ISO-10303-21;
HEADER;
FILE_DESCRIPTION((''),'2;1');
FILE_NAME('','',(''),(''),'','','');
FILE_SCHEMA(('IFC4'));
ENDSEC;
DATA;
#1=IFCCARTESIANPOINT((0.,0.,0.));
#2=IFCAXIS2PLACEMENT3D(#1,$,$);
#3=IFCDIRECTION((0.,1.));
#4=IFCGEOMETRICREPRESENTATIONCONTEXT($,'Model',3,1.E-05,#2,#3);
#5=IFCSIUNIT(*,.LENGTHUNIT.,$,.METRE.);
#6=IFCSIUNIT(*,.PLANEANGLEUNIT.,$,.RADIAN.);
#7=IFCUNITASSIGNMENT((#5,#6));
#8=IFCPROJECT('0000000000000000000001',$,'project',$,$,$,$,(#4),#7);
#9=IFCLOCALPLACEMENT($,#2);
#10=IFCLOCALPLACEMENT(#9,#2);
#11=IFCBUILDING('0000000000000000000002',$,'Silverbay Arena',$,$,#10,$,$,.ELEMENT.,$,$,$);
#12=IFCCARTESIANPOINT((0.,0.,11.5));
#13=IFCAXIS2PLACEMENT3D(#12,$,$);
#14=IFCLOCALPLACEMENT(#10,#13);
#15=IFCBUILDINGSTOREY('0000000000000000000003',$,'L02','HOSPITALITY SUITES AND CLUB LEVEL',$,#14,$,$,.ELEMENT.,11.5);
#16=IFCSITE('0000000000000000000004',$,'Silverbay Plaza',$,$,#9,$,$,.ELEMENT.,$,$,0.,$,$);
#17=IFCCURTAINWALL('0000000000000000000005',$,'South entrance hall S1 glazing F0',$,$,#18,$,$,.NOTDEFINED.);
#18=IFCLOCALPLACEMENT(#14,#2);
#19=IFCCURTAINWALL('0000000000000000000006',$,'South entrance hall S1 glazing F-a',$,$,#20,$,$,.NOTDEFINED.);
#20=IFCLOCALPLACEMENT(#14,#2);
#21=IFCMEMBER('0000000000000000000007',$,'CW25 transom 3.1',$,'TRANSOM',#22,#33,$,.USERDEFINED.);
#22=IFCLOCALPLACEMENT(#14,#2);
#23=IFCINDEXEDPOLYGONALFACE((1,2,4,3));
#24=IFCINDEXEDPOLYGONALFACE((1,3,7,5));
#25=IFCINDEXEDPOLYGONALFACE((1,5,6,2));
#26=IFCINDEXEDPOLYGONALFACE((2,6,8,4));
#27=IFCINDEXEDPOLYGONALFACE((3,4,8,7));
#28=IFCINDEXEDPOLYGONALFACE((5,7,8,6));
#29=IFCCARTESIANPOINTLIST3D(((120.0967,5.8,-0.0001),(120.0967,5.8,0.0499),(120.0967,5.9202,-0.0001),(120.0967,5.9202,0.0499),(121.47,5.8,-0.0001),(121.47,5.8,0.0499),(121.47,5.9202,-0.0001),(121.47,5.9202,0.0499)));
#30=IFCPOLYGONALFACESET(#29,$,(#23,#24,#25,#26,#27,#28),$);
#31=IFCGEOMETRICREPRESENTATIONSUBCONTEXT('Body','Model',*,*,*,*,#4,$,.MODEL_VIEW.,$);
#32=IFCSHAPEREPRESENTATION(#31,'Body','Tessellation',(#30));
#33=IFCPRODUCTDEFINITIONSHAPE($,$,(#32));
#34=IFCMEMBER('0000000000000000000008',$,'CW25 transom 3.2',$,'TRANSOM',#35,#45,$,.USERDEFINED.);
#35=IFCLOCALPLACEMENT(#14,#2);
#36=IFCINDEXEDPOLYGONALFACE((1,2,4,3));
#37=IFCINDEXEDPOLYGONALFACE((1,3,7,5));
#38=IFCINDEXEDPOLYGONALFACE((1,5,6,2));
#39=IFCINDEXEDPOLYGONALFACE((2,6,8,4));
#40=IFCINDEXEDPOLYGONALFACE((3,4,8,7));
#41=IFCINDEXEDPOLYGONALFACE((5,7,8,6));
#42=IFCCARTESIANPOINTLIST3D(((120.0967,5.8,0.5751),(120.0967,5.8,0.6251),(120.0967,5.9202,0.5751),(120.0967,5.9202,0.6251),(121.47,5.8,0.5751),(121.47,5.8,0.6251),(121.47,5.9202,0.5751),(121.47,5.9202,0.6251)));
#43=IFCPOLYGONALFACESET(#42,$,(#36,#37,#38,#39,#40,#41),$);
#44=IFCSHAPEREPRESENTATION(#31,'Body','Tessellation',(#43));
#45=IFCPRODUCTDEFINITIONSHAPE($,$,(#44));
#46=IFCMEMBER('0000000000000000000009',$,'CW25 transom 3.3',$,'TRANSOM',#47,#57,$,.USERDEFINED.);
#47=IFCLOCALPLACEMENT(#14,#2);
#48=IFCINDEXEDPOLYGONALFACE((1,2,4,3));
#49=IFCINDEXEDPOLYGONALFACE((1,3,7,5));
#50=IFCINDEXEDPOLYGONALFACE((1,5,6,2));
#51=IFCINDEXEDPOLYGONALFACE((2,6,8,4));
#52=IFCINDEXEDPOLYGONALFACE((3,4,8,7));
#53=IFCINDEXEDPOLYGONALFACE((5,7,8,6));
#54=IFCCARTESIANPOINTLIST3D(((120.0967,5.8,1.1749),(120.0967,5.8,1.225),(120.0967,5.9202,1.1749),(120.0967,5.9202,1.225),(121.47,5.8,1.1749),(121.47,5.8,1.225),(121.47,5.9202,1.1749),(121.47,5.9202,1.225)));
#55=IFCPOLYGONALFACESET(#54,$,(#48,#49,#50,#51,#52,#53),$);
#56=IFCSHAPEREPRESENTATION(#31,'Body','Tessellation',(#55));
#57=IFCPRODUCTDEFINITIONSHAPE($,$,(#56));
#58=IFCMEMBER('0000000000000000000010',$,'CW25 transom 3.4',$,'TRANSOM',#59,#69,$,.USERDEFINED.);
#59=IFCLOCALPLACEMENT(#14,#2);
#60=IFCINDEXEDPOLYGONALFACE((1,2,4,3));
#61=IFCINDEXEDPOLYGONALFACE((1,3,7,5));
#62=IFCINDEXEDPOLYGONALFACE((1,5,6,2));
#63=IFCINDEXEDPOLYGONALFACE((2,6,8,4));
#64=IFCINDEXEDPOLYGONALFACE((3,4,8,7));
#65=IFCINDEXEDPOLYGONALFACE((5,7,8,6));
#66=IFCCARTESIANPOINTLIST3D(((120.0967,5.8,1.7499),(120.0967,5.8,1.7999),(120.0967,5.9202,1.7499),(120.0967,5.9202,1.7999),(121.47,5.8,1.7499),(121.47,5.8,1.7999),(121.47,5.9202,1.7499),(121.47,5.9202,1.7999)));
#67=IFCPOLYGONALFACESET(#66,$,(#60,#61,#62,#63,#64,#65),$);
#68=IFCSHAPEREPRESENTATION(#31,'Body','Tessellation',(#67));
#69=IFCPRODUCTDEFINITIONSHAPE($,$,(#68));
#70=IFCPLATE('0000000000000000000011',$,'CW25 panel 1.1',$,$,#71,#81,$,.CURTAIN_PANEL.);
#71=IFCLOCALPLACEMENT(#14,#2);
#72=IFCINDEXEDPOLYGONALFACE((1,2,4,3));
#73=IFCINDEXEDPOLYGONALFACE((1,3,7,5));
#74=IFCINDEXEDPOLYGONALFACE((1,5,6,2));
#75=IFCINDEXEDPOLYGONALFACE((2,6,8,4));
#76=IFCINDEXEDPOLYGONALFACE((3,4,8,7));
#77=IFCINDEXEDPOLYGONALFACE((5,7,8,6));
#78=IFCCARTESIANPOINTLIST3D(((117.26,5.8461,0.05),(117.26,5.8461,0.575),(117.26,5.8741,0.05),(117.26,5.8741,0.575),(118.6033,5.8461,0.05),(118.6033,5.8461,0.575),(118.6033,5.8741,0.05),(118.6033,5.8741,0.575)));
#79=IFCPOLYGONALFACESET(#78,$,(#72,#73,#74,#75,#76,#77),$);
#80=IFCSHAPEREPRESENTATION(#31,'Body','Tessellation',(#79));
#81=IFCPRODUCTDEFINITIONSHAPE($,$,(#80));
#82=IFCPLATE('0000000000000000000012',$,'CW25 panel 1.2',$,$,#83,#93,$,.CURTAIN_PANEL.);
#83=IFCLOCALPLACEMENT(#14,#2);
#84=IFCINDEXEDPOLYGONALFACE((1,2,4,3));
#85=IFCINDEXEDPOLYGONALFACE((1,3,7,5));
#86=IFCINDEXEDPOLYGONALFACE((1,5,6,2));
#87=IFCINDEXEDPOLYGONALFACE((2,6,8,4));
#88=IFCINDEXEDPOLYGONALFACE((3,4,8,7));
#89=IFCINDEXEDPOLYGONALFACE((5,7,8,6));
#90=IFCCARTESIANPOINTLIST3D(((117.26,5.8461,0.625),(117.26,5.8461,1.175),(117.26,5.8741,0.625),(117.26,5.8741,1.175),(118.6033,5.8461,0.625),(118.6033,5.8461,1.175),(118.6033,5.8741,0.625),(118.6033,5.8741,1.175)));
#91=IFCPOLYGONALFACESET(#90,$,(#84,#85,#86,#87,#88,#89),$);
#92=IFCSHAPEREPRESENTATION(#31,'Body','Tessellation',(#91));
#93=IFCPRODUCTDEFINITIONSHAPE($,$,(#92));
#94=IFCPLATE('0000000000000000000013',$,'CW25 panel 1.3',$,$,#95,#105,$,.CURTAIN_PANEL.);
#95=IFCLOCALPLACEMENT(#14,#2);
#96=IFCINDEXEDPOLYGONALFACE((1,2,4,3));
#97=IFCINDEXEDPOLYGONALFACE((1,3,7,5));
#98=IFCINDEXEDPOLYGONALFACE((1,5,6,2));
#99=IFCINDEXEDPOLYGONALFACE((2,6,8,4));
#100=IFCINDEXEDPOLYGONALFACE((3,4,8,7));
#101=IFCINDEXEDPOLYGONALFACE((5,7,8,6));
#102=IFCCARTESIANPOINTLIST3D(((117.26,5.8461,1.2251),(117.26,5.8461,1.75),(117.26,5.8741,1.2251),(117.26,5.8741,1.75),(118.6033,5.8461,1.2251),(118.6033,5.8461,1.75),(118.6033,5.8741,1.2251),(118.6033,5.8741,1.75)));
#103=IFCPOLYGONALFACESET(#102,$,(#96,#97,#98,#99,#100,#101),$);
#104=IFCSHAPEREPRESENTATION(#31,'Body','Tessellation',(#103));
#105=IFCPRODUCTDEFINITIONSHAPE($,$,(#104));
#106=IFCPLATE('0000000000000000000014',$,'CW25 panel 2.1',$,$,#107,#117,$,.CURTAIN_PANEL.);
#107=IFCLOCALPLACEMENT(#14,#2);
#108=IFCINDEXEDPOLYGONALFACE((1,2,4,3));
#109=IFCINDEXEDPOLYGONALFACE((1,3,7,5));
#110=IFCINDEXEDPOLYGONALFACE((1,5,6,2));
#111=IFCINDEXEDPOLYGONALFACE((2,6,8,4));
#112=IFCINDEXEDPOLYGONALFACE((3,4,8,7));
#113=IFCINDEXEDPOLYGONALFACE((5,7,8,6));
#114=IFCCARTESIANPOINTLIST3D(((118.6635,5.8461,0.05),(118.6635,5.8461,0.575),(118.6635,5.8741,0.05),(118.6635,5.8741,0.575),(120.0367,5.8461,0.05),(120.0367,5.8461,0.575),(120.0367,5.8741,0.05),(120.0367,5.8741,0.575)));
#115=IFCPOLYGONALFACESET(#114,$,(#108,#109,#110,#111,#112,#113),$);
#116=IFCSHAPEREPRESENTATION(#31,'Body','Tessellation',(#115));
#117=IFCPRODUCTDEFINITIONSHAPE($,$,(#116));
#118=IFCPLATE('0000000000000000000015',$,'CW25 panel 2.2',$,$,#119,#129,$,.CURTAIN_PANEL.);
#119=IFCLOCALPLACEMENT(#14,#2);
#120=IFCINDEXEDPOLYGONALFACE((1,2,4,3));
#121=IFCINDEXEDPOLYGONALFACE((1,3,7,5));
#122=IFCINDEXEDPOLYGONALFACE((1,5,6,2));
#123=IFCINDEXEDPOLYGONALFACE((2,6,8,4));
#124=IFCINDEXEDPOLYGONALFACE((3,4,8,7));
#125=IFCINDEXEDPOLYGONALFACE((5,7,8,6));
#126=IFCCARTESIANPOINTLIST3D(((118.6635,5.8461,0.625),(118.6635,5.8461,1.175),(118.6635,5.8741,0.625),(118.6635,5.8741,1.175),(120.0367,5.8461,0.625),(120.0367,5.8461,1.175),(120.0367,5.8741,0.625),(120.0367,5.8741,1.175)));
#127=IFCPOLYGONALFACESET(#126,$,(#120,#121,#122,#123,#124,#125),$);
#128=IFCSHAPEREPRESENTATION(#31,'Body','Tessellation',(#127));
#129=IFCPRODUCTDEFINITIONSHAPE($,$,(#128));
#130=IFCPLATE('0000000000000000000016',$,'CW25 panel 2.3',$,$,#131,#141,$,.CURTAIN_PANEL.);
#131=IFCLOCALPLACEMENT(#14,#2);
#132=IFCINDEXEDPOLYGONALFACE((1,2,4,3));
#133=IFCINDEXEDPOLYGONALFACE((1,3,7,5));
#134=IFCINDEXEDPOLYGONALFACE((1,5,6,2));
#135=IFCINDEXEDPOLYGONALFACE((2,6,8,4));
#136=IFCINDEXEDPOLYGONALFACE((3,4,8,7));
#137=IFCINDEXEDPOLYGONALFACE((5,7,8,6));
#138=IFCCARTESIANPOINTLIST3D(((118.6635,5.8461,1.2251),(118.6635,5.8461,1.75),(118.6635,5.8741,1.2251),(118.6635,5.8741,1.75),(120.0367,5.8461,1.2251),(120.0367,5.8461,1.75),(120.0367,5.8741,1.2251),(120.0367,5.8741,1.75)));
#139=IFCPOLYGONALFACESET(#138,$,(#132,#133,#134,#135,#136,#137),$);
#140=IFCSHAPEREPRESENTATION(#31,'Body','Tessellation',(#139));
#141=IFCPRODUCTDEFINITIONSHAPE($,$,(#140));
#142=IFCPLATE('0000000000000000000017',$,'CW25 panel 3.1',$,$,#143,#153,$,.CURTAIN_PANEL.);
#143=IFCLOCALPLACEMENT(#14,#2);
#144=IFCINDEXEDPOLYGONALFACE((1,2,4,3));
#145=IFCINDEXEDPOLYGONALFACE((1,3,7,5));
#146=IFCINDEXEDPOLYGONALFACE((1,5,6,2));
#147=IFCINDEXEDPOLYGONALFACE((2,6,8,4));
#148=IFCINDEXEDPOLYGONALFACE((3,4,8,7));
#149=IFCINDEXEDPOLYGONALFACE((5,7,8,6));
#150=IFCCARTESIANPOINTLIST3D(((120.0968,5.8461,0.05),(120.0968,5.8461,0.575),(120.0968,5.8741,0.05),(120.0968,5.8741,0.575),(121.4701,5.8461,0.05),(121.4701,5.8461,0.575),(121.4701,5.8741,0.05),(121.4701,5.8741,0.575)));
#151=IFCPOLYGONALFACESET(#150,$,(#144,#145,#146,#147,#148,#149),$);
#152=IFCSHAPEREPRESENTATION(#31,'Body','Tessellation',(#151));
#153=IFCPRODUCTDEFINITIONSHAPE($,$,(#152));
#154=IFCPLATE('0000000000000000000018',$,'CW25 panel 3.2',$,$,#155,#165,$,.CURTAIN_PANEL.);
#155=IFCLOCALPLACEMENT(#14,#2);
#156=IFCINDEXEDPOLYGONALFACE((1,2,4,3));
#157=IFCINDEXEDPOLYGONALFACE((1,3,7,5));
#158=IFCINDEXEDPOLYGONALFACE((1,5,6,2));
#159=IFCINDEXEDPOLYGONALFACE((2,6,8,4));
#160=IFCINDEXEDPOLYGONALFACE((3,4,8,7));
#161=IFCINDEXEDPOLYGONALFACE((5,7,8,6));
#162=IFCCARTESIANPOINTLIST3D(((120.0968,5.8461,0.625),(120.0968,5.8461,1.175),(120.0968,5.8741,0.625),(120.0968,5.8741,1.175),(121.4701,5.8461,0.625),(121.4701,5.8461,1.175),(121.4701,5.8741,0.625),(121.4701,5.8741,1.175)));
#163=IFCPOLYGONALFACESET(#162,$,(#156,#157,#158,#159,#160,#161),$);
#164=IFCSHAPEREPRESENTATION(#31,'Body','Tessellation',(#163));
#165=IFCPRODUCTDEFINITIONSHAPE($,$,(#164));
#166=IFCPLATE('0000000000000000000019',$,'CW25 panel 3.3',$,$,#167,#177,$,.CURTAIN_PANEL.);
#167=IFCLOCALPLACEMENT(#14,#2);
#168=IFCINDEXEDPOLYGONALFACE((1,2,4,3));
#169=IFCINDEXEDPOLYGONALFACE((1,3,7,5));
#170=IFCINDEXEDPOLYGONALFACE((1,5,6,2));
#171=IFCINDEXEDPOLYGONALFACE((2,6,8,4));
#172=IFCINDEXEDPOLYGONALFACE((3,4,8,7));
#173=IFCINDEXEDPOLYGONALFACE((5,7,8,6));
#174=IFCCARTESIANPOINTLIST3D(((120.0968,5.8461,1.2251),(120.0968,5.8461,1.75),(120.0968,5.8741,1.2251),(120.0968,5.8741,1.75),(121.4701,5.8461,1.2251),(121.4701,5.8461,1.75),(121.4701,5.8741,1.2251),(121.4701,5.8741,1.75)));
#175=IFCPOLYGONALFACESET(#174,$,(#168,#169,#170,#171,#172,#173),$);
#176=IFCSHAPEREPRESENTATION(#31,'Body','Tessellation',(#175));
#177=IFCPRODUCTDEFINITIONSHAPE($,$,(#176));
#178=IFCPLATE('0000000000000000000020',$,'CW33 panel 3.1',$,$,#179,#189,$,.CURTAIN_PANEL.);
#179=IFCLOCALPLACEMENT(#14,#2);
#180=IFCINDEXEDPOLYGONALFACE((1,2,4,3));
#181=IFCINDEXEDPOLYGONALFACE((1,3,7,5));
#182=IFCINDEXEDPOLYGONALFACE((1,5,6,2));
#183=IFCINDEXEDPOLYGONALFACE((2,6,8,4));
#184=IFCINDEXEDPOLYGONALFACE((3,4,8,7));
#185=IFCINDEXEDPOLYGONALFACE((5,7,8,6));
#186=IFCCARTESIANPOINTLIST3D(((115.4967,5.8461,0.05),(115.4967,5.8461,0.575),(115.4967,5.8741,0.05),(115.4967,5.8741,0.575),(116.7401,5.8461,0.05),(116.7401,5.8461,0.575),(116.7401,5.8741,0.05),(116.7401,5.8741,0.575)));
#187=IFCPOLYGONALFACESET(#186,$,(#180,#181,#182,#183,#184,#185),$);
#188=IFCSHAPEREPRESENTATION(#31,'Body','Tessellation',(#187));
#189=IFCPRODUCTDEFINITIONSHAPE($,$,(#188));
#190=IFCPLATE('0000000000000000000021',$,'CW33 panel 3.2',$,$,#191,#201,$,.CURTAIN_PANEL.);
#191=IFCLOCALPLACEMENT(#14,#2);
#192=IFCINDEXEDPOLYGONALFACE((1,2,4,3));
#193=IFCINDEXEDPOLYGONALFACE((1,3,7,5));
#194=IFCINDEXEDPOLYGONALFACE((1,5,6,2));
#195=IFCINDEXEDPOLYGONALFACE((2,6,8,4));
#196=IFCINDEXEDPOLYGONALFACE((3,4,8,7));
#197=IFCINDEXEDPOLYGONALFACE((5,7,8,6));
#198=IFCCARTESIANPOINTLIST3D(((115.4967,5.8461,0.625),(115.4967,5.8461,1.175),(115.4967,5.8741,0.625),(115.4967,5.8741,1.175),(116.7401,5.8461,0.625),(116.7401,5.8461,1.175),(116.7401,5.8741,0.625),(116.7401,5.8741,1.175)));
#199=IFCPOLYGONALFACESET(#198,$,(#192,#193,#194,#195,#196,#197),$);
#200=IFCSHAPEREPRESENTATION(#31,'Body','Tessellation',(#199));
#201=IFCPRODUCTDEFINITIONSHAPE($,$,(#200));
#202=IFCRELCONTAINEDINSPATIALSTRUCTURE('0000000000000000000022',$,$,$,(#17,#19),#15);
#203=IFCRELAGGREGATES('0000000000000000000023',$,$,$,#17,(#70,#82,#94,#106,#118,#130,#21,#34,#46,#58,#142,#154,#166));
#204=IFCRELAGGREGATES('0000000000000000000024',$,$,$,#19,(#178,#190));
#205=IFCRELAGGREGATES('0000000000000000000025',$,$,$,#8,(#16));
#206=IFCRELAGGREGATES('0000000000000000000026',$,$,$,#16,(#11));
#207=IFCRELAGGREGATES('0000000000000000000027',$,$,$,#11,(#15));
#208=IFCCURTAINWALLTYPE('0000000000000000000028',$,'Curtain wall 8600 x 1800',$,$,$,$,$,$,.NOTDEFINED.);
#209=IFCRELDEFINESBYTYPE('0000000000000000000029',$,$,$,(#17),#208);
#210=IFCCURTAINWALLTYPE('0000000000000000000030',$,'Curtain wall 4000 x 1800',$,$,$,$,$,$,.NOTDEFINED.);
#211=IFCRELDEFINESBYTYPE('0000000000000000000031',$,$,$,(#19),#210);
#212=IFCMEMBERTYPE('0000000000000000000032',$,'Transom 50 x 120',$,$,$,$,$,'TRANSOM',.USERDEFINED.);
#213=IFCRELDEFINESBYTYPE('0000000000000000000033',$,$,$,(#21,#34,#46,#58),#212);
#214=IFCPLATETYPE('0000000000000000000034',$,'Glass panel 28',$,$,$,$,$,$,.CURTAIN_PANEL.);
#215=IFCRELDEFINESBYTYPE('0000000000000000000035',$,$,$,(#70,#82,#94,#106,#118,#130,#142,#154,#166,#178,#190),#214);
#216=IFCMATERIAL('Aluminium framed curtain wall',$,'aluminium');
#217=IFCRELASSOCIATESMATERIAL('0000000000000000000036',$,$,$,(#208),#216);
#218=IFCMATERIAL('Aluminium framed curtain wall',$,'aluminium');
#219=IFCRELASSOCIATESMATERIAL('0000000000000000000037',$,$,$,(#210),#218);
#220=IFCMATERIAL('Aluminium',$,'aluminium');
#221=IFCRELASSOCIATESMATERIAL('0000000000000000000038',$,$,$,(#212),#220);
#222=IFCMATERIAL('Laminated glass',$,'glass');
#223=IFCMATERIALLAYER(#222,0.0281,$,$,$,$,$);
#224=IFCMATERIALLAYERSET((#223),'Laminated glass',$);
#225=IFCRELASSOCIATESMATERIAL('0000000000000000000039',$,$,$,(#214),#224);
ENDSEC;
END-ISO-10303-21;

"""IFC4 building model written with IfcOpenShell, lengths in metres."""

from ifc_helpers import new_model, si_unit, direction, frame, origin, origin_2d, place, context, subcontext, project, spatial, rectangle, extrude, material, layer, layer_set, material_profile, profile_set, type_object, element, aggregate, save


model = new_model("IFC4")

# Units and contexts
model_context = context("Model", 3, precision=1e-05, world=origin(), true_north=direction((0.0, 1.0)))
body_context = subcontext(model_context, "Body", "Model", "MODEL_VIEW")
ifc_project = project(units=[si_unit("LENGTHUNIT", "METRE"), si_unit("PLANEANGLEUNIT", "RADIAN")], contexts=[model_context])

# Site, building, storey
site_placement = place(None, origin())
site = spatial("IfcSite", under=ifc_project, at=site_placement, Name="Silverbay Plaza", CompositionType="ELEMENT", RefElevation=0.0)
building_placement = place(site_placement, origin())
building = spatial("IfcBuilding", under=site, at=building_placement, Name="Silverbay Arena", CompositionType="ELEMENT")
storey_placement = place(building_placement, frame((0.0, 0.0, 11.5)))
storey = spatial("IfcBuildingStorey", under=building, at=storey_placement, Name="L02", Description="HOSPITALITY SUITES AND CLUB LEVEL", CompositionType="ELEMENT", Elevation=11.5)

# Curtain wall
ifc_material_1 = material(Name="Aluminium framed curtain wall", Category="aluminium")
curtain_wall_type_1 = type_object("IfcCurtainWallType", Name="Curtain wall 8600 x 1800", PredefinedType="NOTDEFINED", material=ifc_material_1)
curtain_wall_1_placement = place(storey_placement, origin())
curtain_wall_1 = element("IfcCurtainWall", 1, at=curtain_wall_1_placement, inside=storey, type_object=curtain_wall_type_1, Name="South entrance hall S1 glazing F0", PredefinedType="NOTDEFINED")

# Curtain wall
ifc_material_2 = material(Name="Aluminium framed curtain wall", Category="aluminium")
curtain_wall_type_2 = type_object("IfcCurtainWallType", Name="Curtain wall 4000 x 1800", PredefinedType="NOTDEFINED", material=ifc_material_2)
curtain_wall_2_placement = place(storey_placement, origin())
curtain_wall_2 = element("IfcCurtainWall", 2, at=curtain_wall_2_placement, inside=storey, type_object=curtain_wall_type_2, Name="South entrance hall S1 glazing F-a", PredefinedType="NOTDEFINED")

# Members
ifc_material_3 = material(Name="Aluminium", Category="aluminium")
ifc_material_profile_1 = material_profile(ifc_material_3, rectangle(XDim=0.1201, YDim=0.05, at=origin_2d()), Name="Transom 50 x 120")
ifc_profile_set_1 = profile_set([ifc_material_profile_1], Name="Aluminium")
member_type_1 = type_object("IfcMemberType", Name="Transom 50 x 120", ElementType="TRANSOM", PredefinedType="USERDEFINED", material=ifc_profile_set_1)
member_1_placement = place(storey_placement, frame((120.0967, 5.8601, 0.0249), z_axis=(1.0, 0.0, 0.0), x_axis=(0.0, 1.0, 0.0)))
member_1 = element("IfcMember", 3, at=member_1_placement, type_object=member_type_1, Name="CW25 transom 3.1", ObjectType="TRANSOM", PredefinedType="USERDEFINED", context=body_context, shape_type="SweptSolid", body=[
    extrude(rectangle(XDim=0.1201, YDim=0.05, at=origin_2d()), origin(), (0.0, 0.0, 1.0), 1.3733),
])
member_2_placement = place(storey_placement, frame((120.0967, 5.8601, 0.6001), z_axis=(1.0, 0.0, 0.0), x_axis=(0.0, 1.0, 0.0)))
member_2 = element("IfcMember", 4, at=member_2_placement, type_object=member_type_1, Name="CW25 transom 3.2", ObjectType="TRANSOM", PredefinedType="USERDEFINED", context=body_context, shape_type="SweptSolid", body=[
    extrude(rectangle(XDim=0.1201, YDim=0.05, at=origin_2d()), origin(), (0.0, 0.0, 1.0), 1.3733),
])
member_3_placement = place(storey_placement, frame((120.0967, 5.8601, 1.2), z_axis=(1.0, 0.0, 0.0), x_axis=(0.0, 1.0, 0.0)))
member_3 = element("IfcMember", 5, at=member_3_placement, type_object=member_type_1, Name="CW25 transom 3.3", ObjectType="TRANSOM", PredefinedType="USERDEFINED", context=body_context, shape_type="SweptSolid", body=[
    extrude(rectangle(XDim=0.1201, YDim=0.05, at=origin_2d()), origin(), (0.0, 0.0, 1.0), 1.3733),
])
member_4_placement = place(storey_placement, frame((120.0967, 5.8601, 1.7749), z_axis=(1.0, 0.0, 0.0), x_axis=(0.0, 1.0, 0.0)))
member_4 = element("IfcMember", 6, at=member_4_placement, type_object=member_type_1, Name="CW25 transom 3.4", ObjectType="TRANSOM", PredefinedType="USERDEFINED", context=body_context, shape_type="SweptSolid", body=[
    extrude(rectangle(XDim=0.1201, YDim=0.05, at=origin_2d()), origin(), (0.0, 0.0, 1.0), 1.3733),
])

# Plates
ifc_material_4 = material(Name="Laminated glass", Category="glass")
ifc_layer = layer(ifc_material_4, 0.0281)
ifc_layer_set = layer_set([ifc_layer], Name="Laminated glass")
plate_type = type_object("IfcPlateType", Name="Glass panel 28", PredefinedType="CURTAIN_PANEL", material=ifc_layer_set)
plate_1_placement = place(storey_placement, frame((117.9316, 5.8601, 0.05), z_axis=(0.0, 0.0, 1.0), x_axis=(1.0, 0.0, 0.0)))
plate_1 = element("IfcPlate", 7, at=plate_1_placement, type_object=plate_type, Name="CW25 panel 1.1", PredefinedType="CURTAIN_PANEL", context=body_context, shape_type="SweptSolid", body=[
    extrude(rectangle(XDim=1.3433, YDim=0.0281, at=origin_2d()), origin(), (0.0, 0.0, 1.0), 0.5249),
])
plate_2_placement = place(storey_placement, frame((117.9316, 5.8601, 0.625), z_axis=(0.0, 0.0, 1.0), x_axis=(1.0, 0.0, 0.0)))
plate_2 = element("IfcPlate", 8, at=plate_2_placement, type_object=plate_type, Name="CW25 panel 1.2", PredefinedType="CURTAIN_PANEL", context=body_context, shape_type="SweptSolid", body=[
    extrude(rectangle(XDim=1.3433, YDim=0.0281, at=origin_2d()), origin(), (0.0, 0.0, 1.0), 0.55),
])
plate_3_placement = place(storey_placement, frame((117.9316, 5.8601, 1.2251), z_axis=(0.0, 0.0, 1.0), x_axis=(1.0, 0.0, 0.0)))
plate_3 = element("IfcPlate", 9, at=plate_3_placement, type_object=plate_type, Name="CW25 panel 1.3", PredefinedType="CURTAIN_PANEL", context=body_context, shape_type="SweptSolid", body=[
    extrude(rectangle(XDim=1.3433, YDim=0.0281, at=origin_2d()), origin(), (0.0, 0.0, 1.0), 0.5249),
])
plate_4_placement = place(storey_placement, frame((119.3501, 5.8601, 0.05), z_axis=(0.0, 0.0, 1.0), x_axis=(1.0, 0.0, 0.0)))
plate_4 = element("IfcPlate", 10, at=plate_4_placement, type_object=plate_type, Name="CW25 panel 2.1", PredefinedType="CURTAIN_PANEL", context=body_context, shape_type="SweptSolid", body=[
    extrude(rectangle(XDim=1.3733, YDim=0.0281, at=origin_2d()), origin(), (0.0, 0.0, 1.0), 0.5249),
])
plate_5_placement = place(storey_placement, frame((119.3501, 5.8601, 0.625), z_axis=(0.0, 0.0, 1.0), x_axis=(1.0, 0.0, 0.0)))
plate_5 = element("IfcPlate", 11, at=plate_5_placement, type_object=plate_type, Name="CW25 panel 2.2", PredefinedType="CURTAIN_PANEL", context=body_context, shape_type="SweptSolid", body=[
    extrude(rectangle(XDim=1.3733, YDim=0.0281, at=origin_2d()), origin(), (0.0, 0.0, 1.0), 0.55),
])
plate_6_placement = place(storey_placement, frame((119.3501, 5.8601, 1.2251), z_axis=(0.0, 0.0, 1.0), x_axis=(1.0, 0.0, 0.0)))
plate_6 = element("IfcPlate", 12, at=plate_6_placement, type_object=plate_type, Name="CW25 panel 2.3", PredefinedType="CURTAIN_PANEL", context=body_context, shape_type="SweptSolid", body=[
    extrude(rectangle(XDim=1.3733, YDim=0.0281, at=origin_2d()), origin(), (0.0, 0.0, 1.0), 0.5249),
])
plate_7_placement = place(storey_placement, frame((120.7834, 5.8601, 0.05), z_axis=(0.0, 0.0, 1.0), x_axis=(1.0, 0.0, 0.0)))
plate_7 = element("IfcPlate", 13, at=plate_7_placement, type_object=plate_type, Name="CW25 panel 3.1", PredefinedType="CURTAIN_PANEL", context=body_context, shape_type="SweptSolid", body=[
    extrude(rectangle(XDim=1.3733, YDim=0.0281, at=origin_2d()), origin(), (0.0, 0.0, 1.0), 0.5249),
])
plate_8_placement = place(storey_placement, frame((120.7834, 5.8601, 0.625), z_axis=(0.0, 0.0, 1.0), x_axis=(1.0, 0.0, 0.0)))
plate_8 = element("IfcPlate", 14, at=plate_8_placement, type_object=plate_type, Name="CW25 panel 3.2", PredefinedType="CURTAIN_PANEL", context=body_context, shape_type="SweptSolid", body=[
    extrude(rectangle(XDim=1.3733, YDim=0.0281, at=origin_2d()), origin(), (0.0, 0.0, 1.0), 0.55),
])
plate_9_placement = place(storey_placement, frame((120.7834, 5.8601, 1.2251), z_axis=(0.0, 0.0, 1.0), x_axis=(1.0, 0.0, 0.0)))
plate_9 = element("IfcPlate", 15, at=plate_9_placement, type_object=plate_type, Name="CW25 panel 3.3", PredefinedType="CURTAIN_PANEL", context=body_context, shape_type="SweptSolid", body=[
    extrude(rectangle(XDim=1.3733, YDim=0.0281, at=origin_2d()), origin(), (0.0, 0.0, 1.0), 0.5249),
])
aggregate(curtain_wall_1, [plate_1, plate_2, plate_3, plate_4, plate_5, plate_6, member_1, member_2, member_3, member_4, plate_7, plate_8, plate_9])
plate_10_placement = place(storey_placement, frame((116.1184, 5.8601, 0.05), z_axis=(0.0, 0.0, 1.0), x_axis=(1.0, 0.0, 0.0)))
plate_10 = element("IfcPlate", 16, at=plate_10_placement, type_object=plate_type, Name="CW33 panel 3.1", PredefinedType="CURTAIN_PANEL", context=body_context, shape_type="SweptSolid", body=[
    extrude(rectangle(XDim=1.2434, YDim=0.0281, at=origin_2d()), origin(), (0.0, 0.0, 1.0), 0.5249),
])
plate_11_placement = place(storey_placement, frame((116.1184, 5.8601, 0.625), z_axis=(0.0, 0.0, 1.0), x_axis=(1.0, 0.0, 0.0)))
plate_11 = element("IfcPlate", 17, at=plate_11_placement, type_object=plate_type, Name="CW33 panel 3.2", PredefinedType="CURTAIN_PANEL", context=body_context, shape_type="SweptSolid", body=[
    extrude(rectangle(XDim=1.2434, YDim=0.0281, at=origin_2d()), origin(), (0.0, 0.0, 1.0), 0.55),
])
aggregate(curtain_wall_2, [plate_10, plate_11])

save(model, "model.ifc")
